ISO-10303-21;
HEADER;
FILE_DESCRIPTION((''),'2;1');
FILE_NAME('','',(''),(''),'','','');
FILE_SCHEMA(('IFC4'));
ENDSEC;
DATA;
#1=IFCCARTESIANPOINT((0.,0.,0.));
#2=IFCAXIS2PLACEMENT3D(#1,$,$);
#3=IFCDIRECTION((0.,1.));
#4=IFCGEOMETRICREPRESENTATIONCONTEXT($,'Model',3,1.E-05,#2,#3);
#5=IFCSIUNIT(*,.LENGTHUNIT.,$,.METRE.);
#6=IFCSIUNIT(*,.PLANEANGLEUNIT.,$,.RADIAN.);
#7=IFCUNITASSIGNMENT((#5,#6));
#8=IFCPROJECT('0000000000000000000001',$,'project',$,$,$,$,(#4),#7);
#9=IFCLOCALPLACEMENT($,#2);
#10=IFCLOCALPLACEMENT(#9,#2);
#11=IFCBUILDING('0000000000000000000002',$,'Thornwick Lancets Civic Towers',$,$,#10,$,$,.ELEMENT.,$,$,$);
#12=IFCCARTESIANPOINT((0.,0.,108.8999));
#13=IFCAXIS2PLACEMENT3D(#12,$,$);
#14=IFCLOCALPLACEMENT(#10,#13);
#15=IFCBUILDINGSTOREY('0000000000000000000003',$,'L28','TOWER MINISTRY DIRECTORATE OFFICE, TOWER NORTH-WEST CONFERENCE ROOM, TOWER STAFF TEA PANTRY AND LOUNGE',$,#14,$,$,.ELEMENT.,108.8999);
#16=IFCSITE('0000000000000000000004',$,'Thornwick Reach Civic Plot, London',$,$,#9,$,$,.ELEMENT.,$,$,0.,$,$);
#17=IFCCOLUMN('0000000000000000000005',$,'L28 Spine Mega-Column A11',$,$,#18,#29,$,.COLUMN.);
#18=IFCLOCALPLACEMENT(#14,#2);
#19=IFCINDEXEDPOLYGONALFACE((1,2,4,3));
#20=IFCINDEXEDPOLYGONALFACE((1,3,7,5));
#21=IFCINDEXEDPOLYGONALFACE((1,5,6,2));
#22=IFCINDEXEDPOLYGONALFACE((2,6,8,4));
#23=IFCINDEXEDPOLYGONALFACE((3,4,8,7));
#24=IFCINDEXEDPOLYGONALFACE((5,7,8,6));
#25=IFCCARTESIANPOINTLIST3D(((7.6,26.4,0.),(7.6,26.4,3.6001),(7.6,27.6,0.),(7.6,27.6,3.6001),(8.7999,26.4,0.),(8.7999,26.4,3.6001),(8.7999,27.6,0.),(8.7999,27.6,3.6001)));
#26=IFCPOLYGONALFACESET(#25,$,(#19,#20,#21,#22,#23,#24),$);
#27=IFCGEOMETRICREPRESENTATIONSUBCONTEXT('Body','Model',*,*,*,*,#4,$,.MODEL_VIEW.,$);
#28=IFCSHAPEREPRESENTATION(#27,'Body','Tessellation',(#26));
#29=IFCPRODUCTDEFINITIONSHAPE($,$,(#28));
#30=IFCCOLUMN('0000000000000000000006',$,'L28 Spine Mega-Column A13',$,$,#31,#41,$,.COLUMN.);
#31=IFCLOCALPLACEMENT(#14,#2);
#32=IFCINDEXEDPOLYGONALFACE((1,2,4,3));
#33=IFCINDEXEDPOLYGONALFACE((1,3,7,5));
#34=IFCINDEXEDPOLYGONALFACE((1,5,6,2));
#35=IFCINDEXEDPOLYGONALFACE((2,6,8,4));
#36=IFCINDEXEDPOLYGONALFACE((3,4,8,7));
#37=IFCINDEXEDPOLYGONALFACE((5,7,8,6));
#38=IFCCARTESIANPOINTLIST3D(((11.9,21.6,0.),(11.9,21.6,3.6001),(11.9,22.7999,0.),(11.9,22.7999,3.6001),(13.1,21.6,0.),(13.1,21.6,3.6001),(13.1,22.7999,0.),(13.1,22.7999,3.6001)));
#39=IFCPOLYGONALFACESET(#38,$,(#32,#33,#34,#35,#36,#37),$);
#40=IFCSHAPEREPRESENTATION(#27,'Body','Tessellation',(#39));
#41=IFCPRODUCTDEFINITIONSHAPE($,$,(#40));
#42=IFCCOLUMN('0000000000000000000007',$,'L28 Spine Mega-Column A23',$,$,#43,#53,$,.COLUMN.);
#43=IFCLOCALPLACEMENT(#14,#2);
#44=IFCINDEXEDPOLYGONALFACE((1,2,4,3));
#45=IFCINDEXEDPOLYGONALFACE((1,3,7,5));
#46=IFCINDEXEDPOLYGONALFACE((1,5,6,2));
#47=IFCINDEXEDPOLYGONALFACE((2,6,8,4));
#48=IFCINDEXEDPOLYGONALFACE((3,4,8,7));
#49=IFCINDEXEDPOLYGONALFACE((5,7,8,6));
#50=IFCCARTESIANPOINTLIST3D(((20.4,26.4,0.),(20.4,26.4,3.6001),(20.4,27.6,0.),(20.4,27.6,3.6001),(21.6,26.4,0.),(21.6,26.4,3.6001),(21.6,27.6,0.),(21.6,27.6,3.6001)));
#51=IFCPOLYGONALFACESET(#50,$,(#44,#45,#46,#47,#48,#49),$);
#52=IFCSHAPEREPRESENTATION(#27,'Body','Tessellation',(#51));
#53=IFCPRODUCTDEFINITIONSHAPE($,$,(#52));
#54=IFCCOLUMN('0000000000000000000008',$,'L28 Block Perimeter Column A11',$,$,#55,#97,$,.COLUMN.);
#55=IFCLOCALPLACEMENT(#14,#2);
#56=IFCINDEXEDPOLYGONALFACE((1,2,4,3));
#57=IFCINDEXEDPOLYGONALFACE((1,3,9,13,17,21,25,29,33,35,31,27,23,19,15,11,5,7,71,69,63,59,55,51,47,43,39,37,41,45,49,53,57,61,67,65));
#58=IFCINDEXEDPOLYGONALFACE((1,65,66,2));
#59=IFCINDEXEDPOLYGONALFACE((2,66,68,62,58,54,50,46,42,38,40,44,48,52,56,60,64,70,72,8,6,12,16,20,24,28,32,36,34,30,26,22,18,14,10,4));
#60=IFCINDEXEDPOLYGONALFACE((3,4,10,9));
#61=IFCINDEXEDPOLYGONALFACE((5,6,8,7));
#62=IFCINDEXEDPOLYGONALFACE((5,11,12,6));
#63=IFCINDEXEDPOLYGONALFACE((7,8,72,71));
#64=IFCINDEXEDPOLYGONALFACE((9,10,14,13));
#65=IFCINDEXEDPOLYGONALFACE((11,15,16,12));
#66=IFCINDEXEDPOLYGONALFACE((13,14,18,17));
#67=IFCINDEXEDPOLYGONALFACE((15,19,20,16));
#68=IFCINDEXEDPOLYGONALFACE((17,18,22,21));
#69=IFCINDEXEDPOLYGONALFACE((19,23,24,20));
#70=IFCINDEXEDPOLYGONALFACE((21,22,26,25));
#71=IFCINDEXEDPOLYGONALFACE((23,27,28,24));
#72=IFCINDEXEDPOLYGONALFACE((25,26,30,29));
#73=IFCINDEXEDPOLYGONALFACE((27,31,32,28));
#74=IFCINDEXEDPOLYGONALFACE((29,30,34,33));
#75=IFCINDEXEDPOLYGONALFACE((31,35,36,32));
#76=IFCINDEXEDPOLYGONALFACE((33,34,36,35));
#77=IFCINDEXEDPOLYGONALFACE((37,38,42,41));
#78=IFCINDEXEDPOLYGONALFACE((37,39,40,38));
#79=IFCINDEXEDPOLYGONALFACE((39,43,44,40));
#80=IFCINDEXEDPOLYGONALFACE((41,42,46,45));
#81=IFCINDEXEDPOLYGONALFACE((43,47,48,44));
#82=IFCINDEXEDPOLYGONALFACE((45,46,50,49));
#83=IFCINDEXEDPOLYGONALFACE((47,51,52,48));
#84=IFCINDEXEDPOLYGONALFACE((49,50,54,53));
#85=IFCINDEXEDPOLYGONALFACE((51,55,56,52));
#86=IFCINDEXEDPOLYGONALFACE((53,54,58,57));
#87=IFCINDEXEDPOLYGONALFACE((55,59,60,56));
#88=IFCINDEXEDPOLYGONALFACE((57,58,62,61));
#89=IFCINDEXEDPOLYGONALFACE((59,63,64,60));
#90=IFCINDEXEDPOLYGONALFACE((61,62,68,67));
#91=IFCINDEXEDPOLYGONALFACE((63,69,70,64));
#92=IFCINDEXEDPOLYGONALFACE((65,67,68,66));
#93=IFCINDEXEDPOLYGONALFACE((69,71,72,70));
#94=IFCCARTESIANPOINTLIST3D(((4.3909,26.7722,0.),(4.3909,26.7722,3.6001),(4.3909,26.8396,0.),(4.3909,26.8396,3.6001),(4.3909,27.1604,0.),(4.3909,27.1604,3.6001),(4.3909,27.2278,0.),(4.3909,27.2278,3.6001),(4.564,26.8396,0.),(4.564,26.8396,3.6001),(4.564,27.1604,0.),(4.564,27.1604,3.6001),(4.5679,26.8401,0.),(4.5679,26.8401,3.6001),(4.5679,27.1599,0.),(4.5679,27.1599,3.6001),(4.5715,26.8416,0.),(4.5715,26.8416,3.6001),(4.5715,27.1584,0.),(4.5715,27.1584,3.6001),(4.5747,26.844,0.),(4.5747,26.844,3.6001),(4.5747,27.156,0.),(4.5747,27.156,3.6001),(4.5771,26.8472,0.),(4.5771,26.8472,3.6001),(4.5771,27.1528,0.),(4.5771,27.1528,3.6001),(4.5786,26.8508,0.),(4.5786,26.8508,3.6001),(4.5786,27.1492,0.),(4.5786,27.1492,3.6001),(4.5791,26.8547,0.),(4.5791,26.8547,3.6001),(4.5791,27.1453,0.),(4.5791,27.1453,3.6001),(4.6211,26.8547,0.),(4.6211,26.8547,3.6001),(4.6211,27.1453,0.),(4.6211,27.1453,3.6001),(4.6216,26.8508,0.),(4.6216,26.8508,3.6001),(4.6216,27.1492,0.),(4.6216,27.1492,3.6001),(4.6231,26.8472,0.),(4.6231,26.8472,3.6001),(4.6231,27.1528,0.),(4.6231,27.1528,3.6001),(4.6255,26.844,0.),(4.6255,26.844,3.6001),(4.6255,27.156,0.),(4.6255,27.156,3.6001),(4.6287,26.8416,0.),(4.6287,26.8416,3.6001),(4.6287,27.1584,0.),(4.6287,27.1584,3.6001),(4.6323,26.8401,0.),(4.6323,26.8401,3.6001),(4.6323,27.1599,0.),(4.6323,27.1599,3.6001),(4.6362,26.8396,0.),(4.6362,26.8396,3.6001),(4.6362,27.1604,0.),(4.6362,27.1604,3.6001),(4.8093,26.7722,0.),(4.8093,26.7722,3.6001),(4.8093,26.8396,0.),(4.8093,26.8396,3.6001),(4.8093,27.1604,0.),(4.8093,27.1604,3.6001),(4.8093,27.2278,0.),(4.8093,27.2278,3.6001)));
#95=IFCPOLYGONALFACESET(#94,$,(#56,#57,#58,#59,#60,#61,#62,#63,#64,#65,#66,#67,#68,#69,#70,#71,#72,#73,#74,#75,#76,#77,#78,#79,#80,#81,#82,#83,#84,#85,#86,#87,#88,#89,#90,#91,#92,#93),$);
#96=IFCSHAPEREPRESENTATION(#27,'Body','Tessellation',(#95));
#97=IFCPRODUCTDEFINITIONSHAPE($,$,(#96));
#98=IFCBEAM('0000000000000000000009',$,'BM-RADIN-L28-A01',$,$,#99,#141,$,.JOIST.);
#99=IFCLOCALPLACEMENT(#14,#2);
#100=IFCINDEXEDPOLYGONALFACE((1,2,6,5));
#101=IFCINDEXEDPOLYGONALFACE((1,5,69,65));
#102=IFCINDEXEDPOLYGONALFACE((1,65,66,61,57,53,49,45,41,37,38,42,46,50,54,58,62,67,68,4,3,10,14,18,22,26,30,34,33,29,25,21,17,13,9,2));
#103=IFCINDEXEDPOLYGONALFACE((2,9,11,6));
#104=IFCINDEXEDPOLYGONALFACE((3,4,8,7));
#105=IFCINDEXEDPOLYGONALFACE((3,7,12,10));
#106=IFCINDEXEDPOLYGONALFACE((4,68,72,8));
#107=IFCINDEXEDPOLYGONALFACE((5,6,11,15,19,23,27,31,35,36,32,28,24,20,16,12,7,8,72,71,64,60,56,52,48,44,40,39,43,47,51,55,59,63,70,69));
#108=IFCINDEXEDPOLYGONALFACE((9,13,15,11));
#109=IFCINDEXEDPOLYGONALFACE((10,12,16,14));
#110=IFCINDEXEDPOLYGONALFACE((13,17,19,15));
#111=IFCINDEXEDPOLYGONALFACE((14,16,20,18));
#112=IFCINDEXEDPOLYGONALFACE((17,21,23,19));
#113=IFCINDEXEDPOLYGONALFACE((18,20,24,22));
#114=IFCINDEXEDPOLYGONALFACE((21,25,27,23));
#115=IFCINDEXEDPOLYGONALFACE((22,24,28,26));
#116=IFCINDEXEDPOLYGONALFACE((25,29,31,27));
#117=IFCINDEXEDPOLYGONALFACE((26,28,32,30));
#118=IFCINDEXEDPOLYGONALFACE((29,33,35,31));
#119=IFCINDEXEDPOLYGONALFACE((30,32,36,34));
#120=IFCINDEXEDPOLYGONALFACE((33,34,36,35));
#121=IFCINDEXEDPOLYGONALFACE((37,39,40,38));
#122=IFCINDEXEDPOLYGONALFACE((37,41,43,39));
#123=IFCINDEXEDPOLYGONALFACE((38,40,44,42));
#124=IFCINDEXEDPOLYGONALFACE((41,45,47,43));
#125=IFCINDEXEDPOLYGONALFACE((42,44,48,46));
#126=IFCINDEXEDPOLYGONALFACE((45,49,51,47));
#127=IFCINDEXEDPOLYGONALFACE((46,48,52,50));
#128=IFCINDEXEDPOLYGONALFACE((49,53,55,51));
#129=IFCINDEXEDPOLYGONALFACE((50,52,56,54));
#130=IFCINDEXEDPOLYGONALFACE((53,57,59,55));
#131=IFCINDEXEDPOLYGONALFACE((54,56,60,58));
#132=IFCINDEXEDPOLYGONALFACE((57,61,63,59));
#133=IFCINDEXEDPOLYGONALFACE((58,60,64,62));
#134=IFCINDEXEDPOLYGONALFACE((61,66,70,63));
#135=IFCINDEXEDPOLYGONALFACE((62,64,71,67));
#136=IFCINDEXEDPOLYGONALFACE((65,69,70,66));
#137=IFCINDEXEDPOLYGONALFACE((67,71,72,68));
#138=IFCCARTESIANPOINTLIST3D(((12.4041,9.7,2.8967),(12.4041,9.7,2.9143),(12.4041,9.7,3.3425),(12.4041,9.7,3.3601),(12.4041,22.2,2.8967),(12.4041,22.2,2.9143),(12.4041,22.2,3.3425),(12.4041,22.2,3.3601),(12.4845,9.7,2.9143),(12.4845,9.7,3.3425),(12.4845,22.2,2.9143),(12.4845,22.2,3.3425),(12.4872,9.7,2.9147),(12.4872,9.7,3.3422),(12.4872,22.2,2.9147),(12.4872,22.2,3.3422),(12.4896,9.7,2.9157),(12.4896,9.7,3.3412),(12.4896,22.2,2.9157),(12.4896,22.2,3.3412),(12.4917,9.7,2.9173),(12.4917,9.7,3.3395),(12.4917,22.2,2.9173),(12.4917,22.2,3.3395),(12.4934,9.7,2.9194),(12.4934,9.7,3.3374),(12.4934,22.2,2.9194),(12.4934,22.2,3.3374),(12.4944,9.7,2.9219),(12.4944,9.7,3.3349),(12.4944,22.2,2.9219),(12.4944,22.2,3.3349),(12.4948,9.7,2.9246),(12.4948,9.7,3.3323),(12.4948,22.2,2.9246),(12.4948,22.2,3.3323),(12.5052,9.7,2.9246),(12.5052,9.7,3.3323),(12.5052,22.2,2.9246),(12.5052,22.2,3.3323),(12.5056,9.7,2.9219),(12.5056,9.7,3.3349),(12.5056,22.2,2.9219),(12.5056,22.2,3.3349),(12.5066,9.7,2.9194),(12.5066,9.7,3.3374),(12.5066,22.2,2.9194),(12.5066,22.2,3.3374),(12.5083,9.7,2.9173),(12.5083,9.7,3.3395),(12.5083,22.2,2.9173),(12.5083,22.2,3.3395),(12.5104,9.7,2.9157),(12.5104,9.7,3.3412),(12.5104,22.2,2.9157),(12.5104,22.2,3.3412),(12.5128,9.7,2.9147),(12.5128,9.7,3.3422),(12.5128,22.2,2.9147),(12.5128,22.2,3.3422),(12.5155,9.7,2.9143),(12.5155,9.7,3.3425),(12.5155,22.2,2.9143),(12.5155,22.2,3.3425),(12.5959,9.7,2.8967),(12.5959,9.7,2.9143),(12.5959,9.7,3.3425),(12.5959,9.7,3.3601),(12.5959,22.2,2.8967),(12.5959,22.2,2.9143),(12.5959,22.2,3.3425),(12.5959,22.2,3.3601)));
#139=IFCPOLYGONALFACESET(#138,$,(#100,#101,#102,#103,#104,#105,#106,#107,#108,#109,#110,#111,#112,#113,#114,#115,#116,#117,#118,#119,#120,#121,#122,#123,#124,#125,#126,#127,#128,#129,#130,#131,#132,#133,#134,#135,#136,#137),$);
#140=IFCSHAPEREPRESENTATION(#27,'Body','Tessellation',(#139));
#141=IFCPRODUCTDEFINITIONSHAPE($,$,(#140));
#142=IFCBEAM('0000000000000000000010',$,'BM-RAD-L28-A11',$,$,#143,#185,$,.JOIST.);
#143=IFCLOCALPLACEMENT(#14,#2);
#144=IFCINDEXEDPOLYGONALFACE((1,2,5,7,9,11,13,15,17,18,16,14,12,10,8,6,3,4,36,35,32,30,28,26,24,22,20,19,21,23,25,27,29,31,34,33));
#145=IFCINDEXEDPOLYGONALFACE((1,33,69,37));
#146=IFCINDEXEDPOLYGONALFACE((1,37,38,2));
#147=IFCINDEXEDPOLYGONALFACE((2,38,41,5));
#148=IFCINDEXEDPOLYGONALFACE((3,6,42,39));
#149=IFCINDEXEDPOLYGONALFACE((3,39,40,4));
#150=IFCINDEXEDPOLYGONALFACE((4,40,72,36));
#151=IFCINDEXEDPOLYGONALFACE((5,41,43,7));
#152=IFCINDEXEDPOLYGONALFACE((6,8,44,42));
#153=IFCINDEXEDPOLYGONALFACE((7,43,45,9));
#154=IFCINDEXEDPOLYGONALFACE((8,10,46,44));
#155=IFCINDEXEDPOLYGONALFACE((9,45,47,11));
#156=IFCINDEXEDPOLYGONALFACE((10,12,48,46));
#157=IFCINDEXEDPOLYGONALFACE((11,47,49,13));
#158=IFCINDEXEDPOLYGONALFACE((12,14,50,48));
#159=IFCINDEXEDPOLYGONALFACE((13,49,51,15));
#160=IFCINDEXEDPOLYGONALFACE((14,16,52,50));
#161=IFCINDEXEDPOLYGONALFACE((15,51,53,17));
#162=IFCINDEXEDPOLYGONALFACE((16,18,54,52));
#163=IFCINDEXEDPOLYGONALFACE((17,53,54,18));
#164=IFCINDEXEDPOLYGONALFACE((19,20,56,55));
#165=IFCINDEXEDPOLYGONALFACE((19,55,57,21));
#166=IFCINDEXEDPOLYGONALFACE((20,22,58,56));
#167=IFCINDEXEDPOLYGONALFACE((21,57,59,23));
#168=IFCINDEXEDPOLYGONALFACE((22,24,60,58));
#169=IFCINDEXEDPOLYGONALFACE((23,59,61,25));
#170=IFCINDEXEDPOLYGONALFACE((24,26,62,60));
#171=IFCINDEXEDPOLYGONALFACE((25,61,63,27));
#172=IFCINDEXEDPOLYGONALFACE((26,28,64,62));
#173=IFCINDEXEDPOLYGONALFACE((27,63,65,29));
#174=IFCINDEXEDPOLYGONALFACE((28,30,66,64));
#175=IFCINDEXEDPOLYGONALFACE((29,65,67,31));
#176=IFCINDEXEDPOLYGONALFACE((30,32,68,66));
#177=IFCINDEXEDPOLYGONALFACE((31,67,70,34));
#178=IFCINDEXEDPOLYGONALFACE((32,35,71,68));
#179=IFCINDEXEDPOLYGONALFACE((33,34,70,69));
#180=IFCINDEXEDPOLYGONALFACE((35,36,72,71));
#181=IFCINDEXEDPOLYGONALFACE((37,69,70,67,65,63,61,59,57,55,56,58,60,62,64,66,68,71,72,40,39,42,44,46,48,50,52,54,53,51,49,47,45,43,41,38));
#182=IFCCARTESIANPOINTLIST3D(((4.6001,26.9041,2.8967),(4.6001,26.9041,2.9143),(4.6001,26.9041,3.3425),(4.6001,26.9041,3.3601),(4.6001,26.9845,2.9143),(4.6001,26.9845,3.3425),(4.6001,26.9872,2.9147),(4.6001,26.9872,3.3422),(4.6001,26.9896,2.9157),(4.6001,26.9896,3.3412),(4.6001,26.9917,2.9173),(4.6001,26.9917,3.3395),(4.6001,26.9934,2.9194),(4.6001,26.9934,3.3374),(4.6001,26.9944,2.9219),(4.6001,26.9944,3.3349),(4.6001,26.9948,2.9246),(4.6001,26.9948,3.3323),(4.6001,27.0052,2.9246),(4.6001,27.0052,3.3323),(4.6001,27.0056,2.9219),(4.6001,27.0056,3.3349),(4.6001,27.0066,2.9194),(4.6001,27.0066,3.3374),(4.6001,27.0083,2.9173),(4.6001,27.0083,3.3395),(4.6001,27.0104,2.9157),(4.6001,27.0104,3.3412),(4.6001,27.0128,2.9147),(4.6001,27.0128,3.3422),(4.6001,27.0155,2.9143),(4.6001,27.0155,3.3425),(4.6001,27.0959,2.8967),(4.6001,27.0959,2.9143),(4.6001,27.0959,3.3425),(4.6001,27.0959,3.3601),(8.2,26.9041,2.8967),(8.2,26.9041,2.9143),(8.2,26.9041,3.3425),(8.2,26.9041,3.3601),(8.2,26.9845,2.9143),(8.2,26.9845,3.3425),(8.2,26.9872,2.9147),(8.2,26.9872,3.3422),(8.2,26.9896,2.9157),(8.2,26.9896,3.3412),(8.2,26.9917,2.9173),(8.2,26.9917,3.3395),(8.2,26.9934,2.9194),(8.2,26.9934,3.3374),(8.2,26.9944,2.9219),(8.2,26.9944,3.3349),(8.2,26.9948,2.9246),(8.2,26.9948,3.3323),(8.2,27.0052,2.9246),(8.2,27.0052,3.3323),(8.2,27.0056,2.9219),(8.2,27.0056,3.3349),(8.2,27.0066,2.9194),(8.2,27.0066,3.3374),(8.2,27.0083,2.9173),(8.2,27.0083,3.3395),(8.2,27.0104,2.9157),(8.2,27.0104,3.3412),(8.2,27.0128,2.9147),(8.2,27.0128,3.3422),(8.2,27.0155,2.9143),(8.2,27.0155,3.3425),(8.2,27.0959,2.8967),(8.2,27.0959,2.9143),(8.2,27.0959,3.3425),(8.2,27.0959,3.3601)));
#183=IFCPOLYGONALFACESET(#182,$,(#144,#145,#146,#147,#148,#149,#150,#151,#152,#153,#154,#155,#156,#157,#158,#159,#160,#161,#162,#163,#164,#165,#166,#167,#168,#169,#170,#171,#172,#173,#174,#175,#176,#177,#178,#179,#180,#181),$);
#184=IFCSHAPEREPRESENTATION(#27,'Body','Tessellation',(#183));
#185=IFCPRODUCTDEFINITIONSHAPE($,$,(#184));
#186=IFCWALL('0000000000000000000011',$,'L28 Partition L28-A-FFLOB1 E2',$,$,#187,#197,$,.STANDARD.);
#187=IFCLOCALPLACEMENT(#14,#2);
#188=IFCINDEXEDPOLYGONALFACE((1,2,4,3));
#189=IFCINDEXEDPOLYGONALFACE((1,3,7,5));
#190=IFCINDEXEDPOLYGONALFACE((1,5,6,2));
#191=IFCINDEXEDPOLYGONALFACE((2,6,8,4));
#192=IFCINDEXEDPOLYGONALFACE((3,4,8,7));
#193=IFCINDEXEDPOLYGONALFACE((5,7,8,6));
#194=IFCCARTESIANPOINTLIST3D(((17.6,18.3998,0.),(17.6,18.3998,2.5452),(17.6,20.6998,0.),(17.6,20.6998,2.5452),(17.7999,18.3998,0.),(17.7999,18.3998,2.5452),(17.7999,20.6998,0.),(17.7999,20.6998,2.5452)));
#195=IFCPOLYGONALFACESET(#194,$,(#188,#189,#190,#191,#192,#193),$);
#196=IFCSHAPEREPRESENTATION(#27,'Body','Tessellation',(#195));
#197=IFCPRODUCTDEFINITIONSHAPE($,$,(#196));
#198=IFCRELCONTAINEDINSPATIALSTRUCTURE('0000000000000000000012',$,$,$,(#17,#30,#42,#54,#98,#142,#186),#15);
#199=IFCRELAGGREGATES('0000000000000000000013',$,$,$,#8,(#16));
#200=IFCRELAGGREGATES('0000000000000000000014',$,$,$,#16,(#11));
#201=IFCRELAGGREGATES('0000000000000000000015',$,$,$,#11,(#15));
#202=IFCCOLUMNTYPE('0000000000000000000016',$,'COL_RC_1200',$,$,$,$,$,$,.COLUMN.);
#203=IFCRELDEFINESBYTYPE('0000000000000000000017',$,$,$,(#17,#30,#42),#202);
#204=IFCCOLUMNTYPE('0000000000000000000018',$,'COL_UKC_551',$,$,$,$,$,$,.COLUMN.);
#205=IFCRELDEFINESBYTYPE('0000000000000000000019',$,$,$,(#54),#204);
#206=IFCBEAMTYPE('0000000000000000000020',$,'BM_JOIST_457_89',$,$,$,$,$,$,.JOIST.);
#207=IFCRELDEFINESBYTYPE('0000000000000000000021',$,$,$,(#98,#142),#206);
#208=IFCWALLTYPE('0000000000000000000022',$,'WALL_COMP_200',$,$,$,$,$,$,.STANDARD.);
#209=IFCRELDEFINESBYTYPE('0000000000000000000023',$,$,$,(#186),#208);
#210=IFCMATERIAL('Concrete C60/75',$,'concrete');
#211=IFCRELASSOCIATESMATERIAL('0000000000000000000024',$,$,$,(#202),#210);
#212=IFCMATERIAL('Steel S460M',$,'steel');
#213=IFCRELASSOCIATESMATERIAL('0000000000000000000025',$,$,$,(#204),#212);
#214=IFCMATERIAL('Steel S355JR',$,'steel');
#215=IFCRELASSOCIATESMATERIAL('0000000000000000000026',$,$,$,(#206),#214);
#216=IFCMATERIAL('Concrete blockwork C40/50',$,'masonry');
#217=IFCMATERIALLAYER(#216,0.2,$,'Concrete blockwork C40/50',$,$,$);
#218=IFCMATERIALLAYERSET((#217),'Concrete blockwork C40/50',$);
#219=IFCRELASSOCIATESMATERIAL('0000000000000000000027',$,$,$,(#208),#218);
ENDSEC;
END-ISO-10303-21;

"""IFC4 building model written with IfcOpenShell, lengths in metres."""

from ifc_helpers import new_model, si_unit, direction, frame, frame_2d, origin, origin_2d, place, context, subcontext, project, spatial, rectangle, i_section, extrude, material, layer, layer_set, material_profile, profile_set, type_object, element, save


model = new_model("IFC4")

# Units and contexts
model_context = context("Model", 3, precision=1e-05, world=origin(), true_north=direction((0.0, 1.0)))
body_context = subcontext(model_context, "Body", "Model", "MODEL_VIEW")
ifc_project = project(units=[si_unit("LENGTHUNIT", "METRE"), si_unit("PLANEANGLEUNIT", "RADIAN")], contexts=[model_context])

# Site, building, storey
site_placement = place(None, origin())
site = spatial("IfcSite", under=ifc_project, at=site_placement, Name="Thornwick Reach Civic Plot, London", CompositionType="ELEMENT", RefElevation=0.0)
building_placement = place(site_placement, origin())
building = spatial("IfcBuilding", under=site, at=building_placement, Name="Thornwick Lancets Civic Towers", CompositionType="ELEMENT")
storey_placement = place(building_placement, frame((0.0, 0.0, 108.8999)))
storey = spatial("IfcBuildingStorey", under=building, at=storey_placement, Name="L28", Description="TOWER MINISTRY DIRECTORATE OFFICE, TOWER NORTH-WEST CONFERENCE ROOM, TOWER STAFF TEA PANTRY AND LOUNGE", CompositionType="ELEMENT", Elevation=108.8999)

# Columns
ifc_material_1 = material(Name="Concrete C60/75", Category="concrete")
ifc_material_profile_1 = material_profile(ifc_material_1, rectangle(XDim=1.2, YDim=1.2, at=origin_2d()), Name="RC 1200x1200")
ifc_profile_set_1 = profile_set([ifc_material_profile_1], Name="Concrete C60/75")
column_type_1 = type_object("IfcColumnType", Name="COL_RC_1200", PredefinedType="COLUMN", material=ifc_profile_set_1)
for number, where, z_axis, x_axis, name in (
    (1, (8.2, 27.0, 0.0), (0.0, 0.0, 1.0), (1.0, 0.0, 0.0), "L28 Spine Mega-Column A11"),
    (2, (12.5, 22.2, 0.0), (0.0, 0.0, 1.0), (1.0, 0.0, 0.0), "L28 Spine Mega-Column A13"),
    (3, (21.0, 27.0, 0.0), (0.0, 0.0, 1.0), (1.0, 0.0, 0.0), "L28 Spine Mega-Column A23"),
):
    element("IfcColumn", number, at=place(storey_placement, frame(where, z_axis=z_axis, x_axis=x_axis)), inside=storey, type_object=column_type_1, Name=name, PredefinedType="COLUMN", context=body_context, shape_type="SweptSolid", body=[
        extrude(rectangle(XDim=1.2, YDim=1.2, at=origin_2d()), origin(), (0.0, 0.0, 1.0), 3.6001),
    ])
ifc_material_2 = material(Name="Steel S460M", Category="steel")
ifc_material_profile_2 = material_profile(ifc_material_2, i_section(OverallWidth=0.4185, OverallDepth=0.4556, WebThickness=0.042, FlangeThickness=0.0674, FilletRadius=0.0151, at=origin_2d()), Name="UKC 356x406x551")
ifc_profile_set_2 = profile_set([ifc_material_profile_2], Name="Steel S460M")
column_type_2 = type_object("IfcColumnType", Name="COL_UKC_551", PredefinedType="COLUMN", material=ifc_profile_set_2)
column_placement = place(storey_placement, frame((4.6001, 27.0, 0.0), z_axis=(0.0, 0.0, 1.0), x_axis=(1.0, 0.0, 0.0)))
element("IfcColumn", 4, at=column_placement, inside=storey, type_object=column_type_2, Name="L28 Block Perimeter Column A11", PredefinedType="COLUMN", context=body_context, shape_type="SweptSolid", body=[
    extrude(i_section(OverallWidth=0.4185, OverallDepth=0.4556, WebThickness=0.042, FlangeThickness=0.0674, FilletRadius=0.0151, at=origin_2d()), origin(), (0.0, 0.0, 1.0), 3.6001),
])

# Beams
ifc_material_3 = material(Name="Steel S355JR", Category="steel")
ifc_material_profile_3 = material_profile(ifc_material_3, i_section(OverallWidth=0.1919, OverallDepth=0.4634, WebThickness=0.0105, FlangeThickness=0.0176, FilletRadius=0.0103, at=origin_2d()), Name="UKB 457x191x89")
ifc_profile_set_3 = profile_set([ifc_material_profile_3], Name="Steel S355JR")
beam_type = type_object("IfcBeamType", Name="BM_JOIST_457_89", PredefinedType="JOIST", material=ifc_profile_set_3)
beam_1_placement = place(storey_placement, frame((12.5, 22.2, 3.1284), z_axis=(0.0, -1.0, 0.0), x_axis=(1.0, 0.0, 0.0)))
element("IfcBeam", 5, at=beam_1_placement, inside=storey, type_object=beam_type, Name="BM-RADIN-L28-A01", PredefinedType="JOIST", context=body_context, shape_type="SweptSolid", body=[
    extrude(i_section(OverallWidth=0.1919, OverallDepth=0.4634, WebThickness=0.0105, FlangeThickness=0.0176, FilletRadius=0.0103, at=origin_2d()), origin(), (0.0, 0.0, 1.0), 12.5),
])
beam_2_placement = place(storey_placement, frame((8.2, 27.0, 3.1284), z_axis=(-1.0, 0.0, 0.0), x_axis=(0.0, -1.0, 0.0)))
element("IfcBeam", 6, at=beam_2_placement, inside=storey, type_object=beam_type, Name="BM-RAD-L28-A11", PredefinedType="JOIST", context=body_context, shape_type="SweptSolid", body=[
    extrude(i_section(OverallWidth=0.1919, OverallDepth=0.4634, WebThickness=0.0105, FlangeThickness=0.0176, FilletRadius=0.0103, at=origin_2d()), origin(), (0.0, 0.0, 1.0), 3.5999),
])

# Wall
ifc_material_4 = material(Name="Concrete blockwork C40/50", Category="masonry")
ifc_layer_1 = layer(ifc_material_4, 0.2, Name="Concrete blockwork C40/50")
ifc_layer_set_1 = layer_set([ifc_layer_1], Name="Concrete blockwork C40/50")
wall_type_1 = type_object("IfcWallType", Name="WALL_COMP_200", PredefinedType="STANDARD", material=ifc_layer_set_1)
wall_1_placement = place(storey_placement, frame((17.7, 18.3999, 0.0), z_axis=(0.0, 0.0, 1.0), x_axis=(0.0, 1.0, 0.0)))
element("IfcWall", 7, at=wall_1_placement, inside=storey, type_object=wall_type_1, Name="L28 Partition L28-A-FFLOB1 E2", PredefinedType="STANDARD", context=body_context, shape_type="SweptSolid", body=[
    extrude(rectangle(XDim=2.3, YDim=0.2, at=frame_2d((1.1499, 0.0))), origin(), (0.0, 0.0, 1.0), 2.5452),
])

save(model, "model.ifc")
